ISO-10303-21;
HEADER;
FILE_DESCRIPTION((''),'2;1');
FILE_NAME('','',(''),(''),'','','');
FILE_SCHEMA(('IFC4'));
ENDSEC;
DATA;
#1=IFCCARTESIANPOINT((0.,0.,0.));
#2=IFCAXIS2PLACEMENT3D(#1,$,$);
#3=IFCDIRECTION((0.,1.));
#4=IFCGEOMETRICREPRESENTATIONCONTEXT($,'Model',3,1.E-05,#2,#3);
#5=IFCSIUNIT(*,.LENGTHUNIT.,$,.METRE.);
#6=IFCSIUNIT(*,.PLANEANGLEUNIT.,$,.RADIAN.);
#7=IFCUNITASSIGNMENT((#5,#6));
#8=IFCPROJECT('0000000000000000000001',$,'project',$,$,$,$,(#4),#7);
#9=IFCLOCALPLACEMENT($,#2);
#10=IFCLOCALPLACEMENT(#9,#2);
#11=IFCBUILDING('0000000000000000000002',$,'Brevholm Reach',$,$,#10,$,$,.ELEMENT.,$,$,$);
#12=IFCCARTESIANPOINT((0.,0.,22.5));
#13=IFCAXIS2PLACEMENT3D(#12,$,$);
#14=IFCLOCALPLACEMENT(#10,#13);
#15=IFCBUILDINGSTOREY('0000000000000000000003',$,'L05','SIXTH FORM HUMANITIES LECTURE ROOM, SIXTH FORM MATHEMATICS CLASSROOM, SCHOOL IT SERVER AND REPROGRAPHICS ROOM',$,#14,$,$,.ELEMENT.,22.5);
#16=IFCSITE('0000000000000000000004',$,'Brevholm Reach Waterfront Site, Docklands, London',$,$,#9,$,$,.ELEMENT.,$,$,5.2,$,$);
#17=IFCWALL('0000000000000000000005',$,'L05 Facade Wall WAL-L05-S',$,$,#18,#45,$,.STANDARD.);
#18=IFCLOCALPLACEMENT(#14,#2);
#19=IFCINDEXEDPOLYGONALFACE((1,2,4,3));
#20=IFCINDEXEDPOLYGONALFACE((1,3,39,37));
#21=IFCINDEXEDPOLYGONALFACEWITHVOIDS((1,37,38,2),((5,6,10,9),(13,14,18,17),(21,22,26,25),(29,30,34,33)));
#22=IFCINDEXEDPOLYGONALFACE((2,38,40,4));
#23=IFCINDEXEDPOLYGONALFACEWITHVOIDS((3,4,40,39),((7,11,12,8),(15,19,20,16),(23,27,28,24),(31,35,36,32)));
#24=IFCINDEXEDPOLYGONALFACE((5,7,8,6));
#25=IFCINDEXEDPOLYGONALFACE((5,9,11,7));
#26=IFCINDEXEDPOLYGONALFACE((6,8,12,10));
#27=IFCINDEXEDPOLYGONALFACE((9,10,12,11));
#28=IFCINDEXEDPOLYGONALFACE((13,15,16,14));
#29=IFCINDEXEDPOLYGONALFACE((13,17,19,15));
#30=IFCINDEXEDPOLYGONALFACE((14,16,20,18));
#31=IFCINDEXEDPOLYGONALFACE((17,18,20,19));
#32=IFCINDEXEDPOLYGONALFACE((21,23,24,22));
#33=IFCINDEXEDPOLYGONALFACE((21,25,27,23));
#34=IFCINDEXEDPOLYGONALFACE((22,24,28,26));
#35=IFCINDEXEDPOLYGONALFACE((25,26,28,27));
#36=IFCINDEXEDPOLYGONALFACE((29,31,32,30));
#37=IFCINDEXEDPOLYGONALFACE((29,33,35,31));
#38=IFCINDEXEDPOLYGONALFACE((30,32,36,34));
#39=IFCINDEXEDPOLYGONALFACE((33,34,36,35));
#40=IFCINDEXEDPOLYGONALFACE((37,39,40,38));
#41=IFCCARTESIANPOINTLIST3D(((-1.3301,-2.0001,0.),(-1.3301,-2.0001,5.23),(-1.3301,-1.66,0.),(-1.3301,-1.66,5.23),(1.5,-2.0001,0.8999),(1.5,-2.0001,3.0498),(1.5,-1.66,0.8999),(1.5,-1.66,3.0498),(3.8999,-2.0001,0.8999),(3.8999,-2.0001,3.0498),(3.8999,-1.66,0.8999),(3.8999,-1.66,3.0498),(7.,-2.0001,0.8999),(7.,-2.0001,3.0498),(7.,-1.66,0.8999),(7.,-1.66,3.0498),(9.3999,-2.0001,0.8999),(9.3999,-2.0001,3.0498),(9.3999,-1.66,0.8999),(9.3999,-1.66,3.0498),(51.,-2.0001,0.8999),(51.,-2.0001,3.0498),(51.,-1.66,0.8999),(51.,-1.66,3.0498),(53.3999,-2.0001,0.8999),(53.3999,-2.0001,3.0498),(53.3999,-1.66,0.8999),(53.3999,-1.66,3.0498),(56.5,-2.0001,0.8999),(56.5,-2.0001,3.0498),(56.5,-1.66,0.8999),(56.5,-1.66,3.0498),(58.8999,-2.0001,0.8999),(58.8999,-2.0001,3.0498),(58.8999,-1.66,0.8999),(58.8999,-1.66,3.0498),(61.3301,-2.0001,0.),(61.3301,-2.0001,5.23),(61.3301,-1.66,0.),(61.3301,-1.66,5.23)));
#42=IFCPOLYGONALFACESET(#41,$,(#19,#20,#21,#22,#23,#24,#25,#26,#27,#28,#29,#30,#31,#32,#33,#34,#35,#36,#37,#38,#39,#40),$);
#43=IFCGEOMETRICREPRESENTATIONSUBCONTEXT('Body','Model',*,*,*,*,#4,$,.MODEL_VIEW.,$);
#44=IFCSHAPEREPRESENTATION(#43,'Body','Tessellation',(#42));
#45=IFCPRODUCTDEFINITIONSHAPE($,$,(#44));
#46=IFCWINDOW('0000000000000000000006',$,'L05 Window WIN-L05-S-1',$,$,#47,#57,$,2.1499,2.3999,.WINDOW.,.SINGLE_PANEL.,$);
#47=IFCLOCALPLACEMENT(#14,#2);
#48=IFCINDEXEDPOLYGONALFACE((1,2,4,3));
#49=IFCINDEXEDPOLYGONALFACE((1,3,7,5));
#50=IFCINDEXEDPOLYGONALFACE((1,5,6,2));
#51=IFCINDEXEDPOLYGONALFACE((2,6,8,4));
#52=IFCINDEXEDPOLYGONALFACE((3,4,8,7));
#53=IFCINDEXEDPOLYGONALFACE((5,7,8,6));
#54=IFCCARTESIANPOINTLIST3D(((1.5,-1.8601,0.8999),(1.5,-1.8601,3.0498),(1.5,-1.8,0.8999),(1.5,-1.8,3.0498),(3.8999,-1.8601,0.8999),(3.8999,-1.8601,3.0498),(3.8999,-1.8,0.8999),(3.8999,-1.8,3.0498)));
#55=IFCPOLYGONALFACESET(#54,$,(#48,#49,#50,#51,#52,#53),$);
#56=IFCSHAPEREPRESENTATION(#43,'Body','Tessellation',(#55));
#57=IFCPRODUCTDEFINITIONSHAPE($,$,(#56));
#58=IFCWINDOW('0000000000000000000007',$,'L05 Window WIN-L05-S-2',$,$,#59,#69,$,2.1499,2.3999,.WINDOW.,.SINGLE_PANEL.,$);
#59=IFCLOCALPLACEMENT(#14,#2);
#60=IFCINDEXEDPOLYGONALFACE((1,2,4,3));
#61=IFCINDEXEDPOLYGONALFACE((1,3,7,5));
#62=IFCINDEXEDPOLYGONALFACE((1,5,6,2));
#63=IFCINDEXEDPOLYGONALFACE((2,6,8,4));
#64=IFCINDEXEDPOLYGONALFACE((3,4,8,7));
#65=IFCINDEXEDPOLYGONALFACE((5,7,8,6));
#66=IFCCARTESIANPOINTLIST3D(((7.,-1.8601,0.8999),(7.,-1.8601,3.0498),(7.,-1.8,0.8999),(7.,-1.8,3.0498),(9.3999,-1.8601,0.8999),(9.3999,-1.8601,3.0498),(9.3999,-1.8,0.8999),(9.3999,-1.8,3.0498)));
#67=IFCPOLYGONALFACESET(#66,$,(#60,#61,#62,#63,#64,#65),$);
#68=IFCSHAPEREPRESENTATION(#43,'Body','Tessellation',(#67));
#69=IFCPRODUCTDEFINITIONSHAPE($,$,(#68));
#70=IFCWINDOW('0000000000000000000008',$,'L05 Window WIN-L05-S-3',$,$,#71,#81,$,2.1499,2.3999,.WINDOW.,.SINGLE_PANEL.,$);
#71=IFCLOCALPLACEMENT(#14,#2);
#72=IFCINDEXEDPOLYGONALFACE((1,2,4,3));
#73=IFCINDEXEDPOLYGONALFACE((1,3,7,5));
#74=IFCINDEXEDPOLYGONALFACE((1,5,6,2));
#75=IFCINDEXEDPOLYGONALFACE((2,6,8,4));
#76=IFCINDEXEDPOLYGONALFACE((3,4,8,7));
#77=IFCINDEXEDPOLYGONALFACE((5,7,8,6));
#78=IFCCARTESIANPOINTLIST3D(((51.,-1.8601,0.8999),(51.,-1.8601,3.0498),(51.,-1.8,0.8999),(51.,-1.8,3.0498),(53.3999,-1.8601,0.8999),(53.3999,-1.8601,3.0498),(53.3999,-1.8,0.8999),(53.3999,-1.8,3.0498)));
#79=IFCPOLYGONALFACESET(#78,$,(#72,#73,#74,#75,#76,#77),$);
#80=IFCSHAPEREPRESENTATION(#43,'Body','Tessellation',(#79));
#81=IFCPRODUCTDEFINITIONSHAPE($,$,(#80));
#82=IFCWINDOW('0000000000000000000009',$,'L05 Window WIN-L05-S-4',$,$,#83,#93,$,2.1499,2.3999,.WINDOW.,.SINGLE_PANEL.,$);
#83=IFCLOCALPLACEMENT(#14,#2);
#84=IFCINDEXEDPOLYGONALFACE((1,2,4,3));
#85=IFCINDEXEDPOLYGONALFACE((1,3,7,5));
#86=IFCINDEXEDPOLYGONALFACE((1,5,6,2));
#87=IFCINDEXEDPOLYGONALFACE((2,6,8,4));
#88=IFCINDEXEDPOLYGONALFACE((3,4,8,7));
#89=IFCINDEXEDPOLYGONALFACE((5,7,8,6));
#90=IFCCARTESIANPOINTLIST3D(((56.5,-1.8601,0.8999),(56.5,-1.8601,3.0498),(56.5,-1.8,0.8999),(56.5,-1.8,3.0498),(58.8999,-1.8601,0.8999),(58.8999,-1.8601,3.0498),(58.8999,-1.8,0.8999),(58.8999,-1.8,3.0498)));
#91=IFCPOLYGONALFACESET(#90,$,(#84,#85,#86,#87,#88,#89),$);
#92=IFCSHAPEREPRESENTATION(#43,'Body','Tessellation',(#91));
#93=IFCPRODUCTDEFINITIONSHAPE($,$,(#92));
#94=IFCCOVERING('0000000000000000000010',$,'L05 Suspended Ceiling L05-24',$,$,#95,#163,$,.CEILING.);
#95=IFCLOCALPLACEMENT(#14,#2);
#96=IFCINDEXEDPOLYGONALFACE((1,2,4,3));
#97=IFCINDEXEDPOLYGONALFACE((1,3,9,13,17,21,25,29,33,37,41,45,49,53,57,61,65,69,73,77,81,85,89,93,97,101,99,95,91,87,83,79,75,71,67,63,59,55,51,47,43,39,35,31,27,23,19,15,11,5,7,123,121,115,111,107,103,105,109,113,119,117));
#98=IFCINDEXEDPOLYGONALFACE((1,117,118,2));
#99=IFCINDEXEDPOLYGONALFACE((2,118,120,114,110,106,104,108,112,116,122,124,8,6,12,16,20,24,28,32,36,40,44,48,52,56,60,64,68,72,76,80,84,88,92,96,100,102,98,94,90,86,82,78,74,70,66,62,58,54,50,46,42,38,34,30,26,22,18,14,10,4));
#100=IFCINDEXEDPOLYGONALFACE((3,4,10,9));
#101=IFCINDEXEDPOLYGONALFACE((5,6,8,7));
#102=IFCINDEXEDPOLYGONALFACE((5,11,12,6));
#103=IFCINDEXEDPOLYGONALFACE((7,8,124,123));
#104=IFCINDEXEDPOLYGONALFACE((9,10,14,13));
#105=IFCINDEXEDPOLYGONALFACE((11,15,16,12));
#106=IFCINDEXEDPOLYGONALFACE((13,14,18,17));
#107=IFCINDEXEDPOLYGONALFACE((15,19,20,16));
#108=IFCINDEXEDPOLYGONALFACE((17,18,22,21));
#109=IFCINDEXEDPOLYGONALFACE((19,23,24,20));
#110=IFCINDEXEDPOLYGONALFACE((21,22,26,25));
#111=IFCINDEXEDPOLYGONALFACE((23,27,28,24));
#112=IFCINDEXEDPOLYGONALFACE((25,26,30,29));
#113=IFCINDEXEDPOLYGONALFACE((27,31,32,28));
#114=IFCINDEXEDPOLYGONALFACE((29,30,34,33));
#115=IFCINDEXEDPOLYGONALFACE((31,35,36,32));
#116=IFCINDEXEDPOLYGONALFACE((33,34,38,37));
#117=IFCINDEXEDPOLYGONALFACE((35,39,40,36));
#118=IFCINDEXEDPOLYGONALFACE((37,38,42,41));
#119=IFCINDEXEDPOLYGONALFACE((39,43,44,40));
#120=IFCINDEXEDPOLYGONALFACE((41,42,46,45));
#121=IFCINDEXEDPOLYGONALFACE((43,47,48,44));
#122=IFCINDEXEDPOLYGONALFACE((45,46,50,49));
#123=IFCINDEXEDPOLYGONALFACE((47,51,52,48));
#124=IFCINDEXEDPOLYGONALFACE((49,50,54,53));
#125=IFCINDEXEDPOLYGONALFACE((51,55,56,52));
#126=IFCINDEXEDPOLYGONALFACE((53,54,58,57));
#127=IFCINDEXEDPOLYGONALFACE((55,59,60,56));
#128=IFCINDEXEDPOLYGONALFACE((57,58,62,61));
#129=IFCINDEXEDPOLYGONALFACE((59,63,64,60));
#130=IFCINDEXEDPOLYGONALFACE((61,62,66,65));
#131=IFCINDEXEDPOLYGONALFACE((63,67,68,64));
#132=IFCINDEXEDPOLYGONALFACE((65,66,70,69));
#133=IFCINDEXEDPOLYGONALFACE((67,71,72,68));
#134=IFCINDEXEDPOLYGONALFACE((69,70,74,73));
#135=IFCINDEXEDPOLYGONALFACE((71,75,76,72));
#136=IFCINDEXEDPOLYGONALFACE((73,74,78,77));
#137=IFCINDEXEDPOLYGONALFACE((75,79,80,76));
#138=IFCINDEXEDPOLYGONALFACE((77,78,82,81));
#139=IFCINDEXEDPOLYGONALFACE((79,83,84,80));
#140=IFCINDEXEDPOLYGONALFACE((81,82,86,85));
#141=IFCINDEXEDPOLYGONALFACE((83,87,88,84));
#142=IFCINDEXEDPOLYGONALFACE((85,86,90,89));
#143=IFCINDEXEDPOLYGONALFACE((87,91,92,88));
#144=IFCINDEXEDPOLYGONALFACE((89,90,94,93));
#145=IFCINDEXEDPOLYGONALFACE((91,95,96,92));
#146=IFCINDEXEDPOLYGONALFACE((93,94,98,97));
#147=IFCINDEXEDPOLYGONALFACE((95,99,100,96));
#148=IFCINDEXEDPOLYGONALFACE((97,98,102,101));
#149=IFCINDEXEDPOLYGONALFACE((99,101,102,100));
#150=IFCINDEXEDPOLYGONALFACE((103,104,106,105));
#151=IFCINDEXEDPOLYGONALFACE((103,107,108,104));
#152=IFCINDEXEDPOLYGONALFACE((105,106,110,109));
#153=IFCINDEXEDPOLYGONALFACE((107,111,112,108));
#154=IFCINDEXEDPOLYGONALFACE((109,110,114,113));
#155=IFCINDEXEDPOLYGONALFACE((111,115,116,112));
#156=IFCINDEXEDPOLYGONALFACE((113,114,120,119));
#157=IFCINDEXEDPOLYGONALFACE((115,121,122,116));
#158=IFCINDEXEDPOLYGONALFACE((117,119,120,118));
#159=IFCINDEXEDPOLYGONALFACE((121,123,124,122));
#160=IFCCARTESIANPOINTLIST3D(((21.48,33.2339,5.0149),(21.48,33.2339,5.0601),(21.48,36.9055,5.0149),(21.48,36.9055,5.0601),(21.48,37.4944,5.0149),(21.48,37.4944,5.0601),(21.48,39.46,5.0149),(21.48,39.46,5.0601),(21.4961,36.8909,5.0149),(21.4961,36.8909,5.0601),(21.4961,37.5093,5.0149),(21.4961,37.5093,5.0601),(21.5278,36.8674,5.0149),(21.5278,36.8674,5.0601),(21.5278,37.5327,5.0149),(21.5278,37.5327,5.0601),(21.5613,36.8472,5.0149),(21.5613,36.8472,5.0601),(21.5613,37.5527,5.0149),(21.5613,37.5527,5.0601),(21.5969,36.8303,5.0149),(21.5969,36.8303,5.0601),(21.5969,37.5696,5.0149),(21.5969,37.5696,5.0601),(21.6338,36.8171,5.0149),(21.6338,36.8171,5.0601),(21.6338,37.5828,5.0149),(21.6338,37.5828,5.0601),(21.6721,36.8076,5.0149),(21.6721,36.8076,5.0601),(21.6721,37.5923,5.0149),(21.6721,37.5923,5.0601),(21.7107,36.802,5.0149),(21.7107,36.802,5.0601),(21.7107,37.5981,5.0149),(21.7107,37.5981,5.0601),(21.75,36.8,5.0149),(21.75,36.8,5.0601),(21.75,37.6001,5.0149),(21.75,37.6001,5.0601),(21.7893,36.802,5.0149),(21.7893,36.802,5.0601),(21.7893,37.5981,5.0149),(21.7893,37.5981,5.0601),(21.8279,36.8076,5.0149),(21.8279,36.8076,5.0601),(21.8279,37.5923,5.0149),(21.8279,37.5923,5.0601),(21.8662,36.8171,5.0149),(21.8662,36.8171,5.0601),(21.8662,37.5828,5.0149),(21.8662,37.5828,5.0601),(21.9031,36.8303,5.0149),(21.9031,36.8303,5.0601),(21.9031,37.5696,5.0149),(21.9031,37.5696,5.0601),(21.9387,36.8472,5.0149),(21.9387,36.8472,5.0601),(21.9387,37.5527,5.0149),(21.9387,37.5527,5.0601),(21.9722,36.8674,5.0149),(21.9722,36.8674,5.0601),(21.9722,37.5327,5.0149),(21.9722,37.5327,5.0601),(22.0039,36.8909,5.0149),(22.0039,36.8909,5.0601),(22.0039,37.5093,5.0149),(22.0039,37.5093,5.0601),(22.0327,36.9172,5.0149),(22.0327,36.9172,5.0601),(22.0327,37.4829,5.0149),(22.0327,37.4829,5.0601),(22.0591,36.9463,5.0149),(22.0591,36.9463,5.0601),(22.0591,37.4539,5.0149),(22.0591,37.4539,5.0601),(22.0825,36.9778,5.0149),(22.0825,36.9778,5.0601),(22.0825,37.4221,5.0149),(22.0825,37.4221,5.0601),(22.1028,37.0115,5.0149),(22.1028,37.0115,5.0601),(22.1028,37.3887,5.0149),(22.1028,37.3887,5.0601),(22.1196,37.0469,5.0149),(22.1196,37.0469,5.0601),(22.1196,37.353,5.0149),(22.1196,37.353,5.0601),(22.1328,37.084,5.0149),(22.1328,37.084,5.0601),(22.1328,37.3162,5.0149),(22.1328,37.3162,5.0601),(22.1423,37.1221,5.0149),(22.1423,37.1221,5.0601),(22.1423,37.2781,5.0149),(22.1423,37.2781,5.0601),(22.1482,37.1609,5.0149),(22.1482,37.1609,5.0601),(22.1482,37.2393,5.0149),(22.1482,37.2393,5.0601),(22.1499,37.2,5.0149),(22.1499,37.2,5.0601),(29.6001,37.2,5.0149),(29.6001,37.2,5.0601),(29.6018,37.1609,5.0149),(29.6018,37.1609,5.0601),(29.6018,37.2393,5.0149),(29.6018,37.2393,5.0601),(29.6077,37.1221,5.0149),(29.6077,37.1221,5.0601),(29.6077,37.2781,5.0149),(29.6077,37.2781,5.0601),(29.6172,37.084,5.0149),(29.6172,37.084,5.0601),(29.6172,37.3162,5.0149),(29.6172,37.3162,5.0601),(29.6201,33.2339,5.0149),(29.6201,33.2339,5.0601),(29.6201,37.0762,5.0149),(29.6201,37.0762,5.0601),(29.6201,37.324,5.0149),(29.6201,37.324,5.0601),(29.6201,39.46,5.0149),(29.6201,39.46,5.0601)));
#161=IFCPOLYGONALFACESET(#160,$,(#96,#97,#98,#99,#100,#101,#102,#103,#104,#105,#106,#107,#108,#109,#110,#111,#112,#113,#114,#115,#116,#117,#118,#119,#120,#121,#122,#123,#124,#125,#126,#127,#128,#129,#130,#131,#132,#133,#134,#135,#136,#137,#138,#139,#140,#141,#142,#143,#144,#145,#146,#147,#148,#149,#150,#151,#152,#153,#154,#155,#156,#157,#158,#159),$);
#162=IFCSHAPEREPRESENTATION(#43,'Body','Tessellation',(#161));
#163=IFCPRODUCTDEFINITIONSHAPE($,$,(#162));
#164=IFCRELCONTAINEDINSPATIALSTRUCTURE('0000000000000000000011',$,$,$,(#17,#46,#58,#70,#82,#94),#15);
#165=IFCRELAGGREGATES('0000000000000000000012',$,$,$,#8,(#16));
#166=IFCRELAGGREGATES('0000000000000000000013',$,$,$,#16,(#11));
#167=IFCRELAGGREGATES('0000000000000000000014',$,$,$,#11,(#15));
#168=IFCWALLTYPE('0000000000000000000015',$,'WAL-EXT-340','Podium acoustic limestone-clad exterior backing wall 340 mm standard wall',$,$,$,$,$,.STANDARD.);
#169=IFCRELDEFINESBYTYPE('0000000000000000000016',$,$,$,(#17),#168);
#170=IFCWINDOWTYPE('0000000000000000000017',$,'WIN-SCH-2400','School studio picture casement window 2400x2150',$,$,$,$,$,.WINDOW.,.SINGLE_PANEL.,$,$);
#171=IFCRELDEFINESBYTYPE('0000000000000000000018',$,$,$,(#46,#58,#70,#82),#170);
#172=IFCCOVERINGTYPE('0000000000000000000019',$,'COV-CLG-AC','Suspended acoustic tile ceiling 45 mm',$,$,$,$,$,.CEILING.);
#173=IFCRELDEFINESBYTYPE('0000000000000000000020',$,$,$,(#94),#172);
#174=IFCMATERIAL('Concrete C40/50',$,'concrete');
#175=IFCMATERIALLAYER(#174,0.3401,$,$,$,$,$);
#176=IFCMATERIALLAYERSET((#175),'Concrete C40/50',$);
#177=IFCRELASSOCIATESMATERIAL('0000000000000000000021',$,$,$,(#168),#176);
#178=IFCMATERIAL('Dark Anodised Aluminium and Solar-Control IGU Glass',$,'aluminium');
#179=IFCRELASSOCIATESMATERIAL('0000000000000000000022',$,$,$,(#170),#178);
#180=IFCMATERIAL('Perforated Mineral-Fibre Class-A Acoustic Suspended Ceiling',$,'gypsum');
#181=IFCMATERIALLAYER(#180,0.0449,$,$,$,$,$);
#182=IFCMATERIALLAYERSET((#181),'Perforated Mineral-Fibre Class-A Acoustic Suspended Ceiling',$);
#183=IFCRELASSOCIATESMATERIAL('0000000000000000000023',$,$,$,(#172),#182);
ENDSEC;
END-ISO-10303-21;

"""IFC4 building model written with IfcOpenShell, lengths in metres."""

from ifc_helpers import new_model, si_unit, direction, frame, frame_2d, origin, place, context, subcontext, project, spatial, polyline, rectangle, outline, extrude, material, layer, layer_set, type_object, element, fill, save


model = new_model("IFC4")

# Units and contexts
model_context = context("Model", 3, precision=1e-05, world=origin(), true_north=direction((0.0, 1.0)))
body_context = subcontext(model_context, "Body", "Model", "MODEL_VIEW")
ifc_project = project(units=[si_unit("LENGTHUNIT", "METRE"), si_unit("PLANEANGLEUNIT", "RADIAN")], contexts=[model_context])

# Site, building, storey
site_placement = place(None, origin())
site = spatial("IfcSite", under=ifc_project, at=site_placement, Name="Brevholm Reach Waterfront Site, Docklands, London", CompositionType="ELEMENT", RefElevation=5.2)
building_placement = place(site_placement, origin())
building = spatial("IfcBuilding", under=site, at=building_placement, Name="Brevholm Reach", CompositionType="ELEMENT")
storey_placement = place(building_placement, frame((0.0, 0.0, 22.5)))
storey = spatial("IfcBuildingStorey", under=building, at=storey_placement, Name="L05", Description="SIXTH FORM HUMANITIES LECTURE ROOM, SIXTH FORM MATHEMATICS CLASSROOM, SCHOOL IT SERVER AND REPROGRAPHICS ROOM", CompositionType="ELEMENT", Elevation=22.5)

# Wall, openings, windows
ifc_material_1 = material(Name="Concrete C40/50", Category="concrete")
ifc_layer_1 = layer(ifc_material_1, 0.3401)
ifc_layer_set_1 = layer_set([ifc_layer_1], Name="Concrete C40/50")
wall_type = type_object("IfcWallType", Name="WAL-EXT-340", Description="Podium acoustic limestone-clad exterior backing wall 340 mm standard wall", PredefinedType="STANDARD", material=ifc_layer_set_1)
wall_placement = place(storey_placement, frame((-1.3301, -1.8301, 0.0), z_axis=(0.0, 0.0, 1.0), x_axis=(1.0, 0.0, 0.0)))
wall = element("IfcWall", 1, at=wall_placement, inside=storey, type_object=wall_type, Name="L05 Facade Wall WAL-L05-S", PredefinedType="STANDARD", context=body_context, shape_type="SweptSolid", body=[
    extrude(rectangle(XDim=62.6602, YDim=0.3401, at=frame_2d((31.3301, 0.0))), origin(), (0.0, 0.0, 1.0), 5.23),
])
opening_1_placement = place(wall_placement, frame((2.8301, 0.0, 0.8999)))
opening_1 = element("IfcOpeningElement", 2, at=opening_1_placement, cuts=wall, PredefinedType="OPENING", context=body_context, shape_type="SweptSolid", body=[
    extrude(rectangle(XDim=2.3999, YDim=2.1499, at=frame_2d((1.2, 1.075))), frame((0.0, 0.1799, 0.0), z_axis=(0.0, -1.0, 0.0), x_axis=(1.0, 0.0, 0.0)), (0.0, 0.0, 1.0), 0.3601),
])
opening_2_placement = place(wall_placement, frame((8.3301, 0.0, 0.8999)))
opening_2 = element("IfcOpeningElement", 3, at=opening_2_placement, cuts=wall, PredefinedType="OPENING", context=body_context, shape_type="SweptSolid", body=[
    extrude(rectangle(XDim=2.3999, YDim=2.1499, at=frame_2d((1.2, 1.075))), frame((0.0, 0.1799, 0.0), z_axis=(0.0, -1.0, 0.0), x_axis=(1.0, 0.0, 0.0)), (0.0, 0.0, 1.0), 0.3601),
])
opening_3_placement = place(wall_placement, frame((52.3301, 0.0, 0.8999)))
opening_3 = element("IfcOpeningElement", 4, at=opening_3_placement, cuts=wall, PredefinedType="OPENING", context=body_context, shape_type="SweptSolid", body=[
    extrude(rectangle(XDim=2.3999, YDim=2.1499, at=frame_2d((1.2, 1.075))), frame((0.0, 0.1799, 0.0), z_axis=(0.0, -1.0, 0.0), x_axis=(1.0, 0.0, 0.0)), (0.0, 0.0, 1.0), 0.3601),
])
opening_4_placement = place(wall_placement, frame((57.8301, 0.0, 0.8999)))
opening_4 = element("IfcOpeningElement", 5, at=opening_4_placement, cuts=wall, PredefinedType="OPENING", context=body_context, shape_type="SweptSolid", body=[
    extrude(rectangle(XDim=2.3999, YDim=2.1499, at=frame_2d((1.2, 1.075))), frame((0.0, 0.1799, 0.0), z_axis=(0.0, -1.0, 0.0), x_axis=(1.0, 0.0, 0.0)), (0.0, 0.0, 1.0), 0.3601),
])
ifc_material_2 = material(Name="Dark Anodised Aluminium and Solar-Control IGU Glass", Category="aluminium")
window_type = type_object("IfcWindowType", Name="WIN-SCH-2400", Description="School studio picture casement window 2400x2150", PartitioningType="SINGLE_PANEL", PredefinedType="WINDOW", material=ifc_material_2)
window_1_placement = place(opening_1_placement, origin())
window_1 = element("IfcWindow", 6, at=window_1_placement, inside=storey, type_object=window_type, Name="L05 Window WIN-L05-S-1", OverallHeight=2.1499, OverallWidth=2.3999, PartitioningType="SINGLE_PANEL", PredefinedType="WINDOW", context=body_context, shape_type="SweptSolid", body=[
    extrude(rectangle(XDim=2.3999, YDim=2.1499, at=frame_2d((1.2, 1.075))), frame((0.0, 0.03, 0.0), z_axis=(0.0, -1.0, 0.0), x_axis=(1.0, 0.0, 0.0)), (0.0, 0.0, 1.0), 0.0601),
])
fill(opening_1, window_1)
window_2_placement = place(opening_2_placement, origin())
window_2 = element("IfcWindow", 7, at=window_2_placement, inside=storey, type_object=window_type, Name="L05 Window WIN-L05-S-2", OverallHeight=2.1499, OverallWidth=2.3999, PartitioningType="SINGLE_PANEL", PredefinedType="WINDOW", context=body_context, shape_type="SweptSolid", body=[
    extrude(rectangle(XDim=2.3999, YDim=2.1499, at=frame_2d((1.2, 1.075))), frame((0.0, 0.03, 0.0), z_axis=(0.0, -1.0, 0.0), x_axis=(1.0, 0.0, 0.0)), (0.0, 0.0, 1.0), 0.0601),
])
fill(opening_2, window_2)
window_3_placement = place(opening_3_placement, origin())
window_3 = element("IfcWindow", 8, at=window_3_placement, inside=storey, type_object=window_type, Name="L05 Window WIN-L05-S-3", OverallHeight=2.1499, OverallWidth=2.3999, PartitioningType="SINGLE_PANEL", PredefinedType="WINDOW", context=body_context, shape_type="SweptSolid", body=[
    extrude(rectangle(XDim=2.3999, YDim=2.1499, at=frame_2d((1.2, 1.075))), frame((0.0, 0.03, 0.0), z_axis=(0.0, -1.0, 0.0), x_axis=(1.0, 0.0, 0.0)), (0.0, 0.0, 1.0), 0.0601),
])
fill(opening_3, window_3)
window_4_placement = place(opening_4_placement, origin())
window_4 = element("IfcWindow", 9, at=window_4_placement, inside=storey, type_object=window_type, Name="L05 Window WIN-L05-S-4", OverallHeight=2.1499, OverallWidth=2.3999, PartitioningType="SINGLE_PANEL", PredefinedType="WINDOW", context=body_context, shape_type="SweptSolid", body=[
    extrude(rectangle(XDim=2.3999, YDim=2.1499, at=frame_2d((1.2, 1.075))), frame((0.0, 0.03, 0.0), z_axis=(0.0, -1.0, 0.0), x_axis=(1.0, 0.0, 0.0)), (0.0, 0.0, 1.0), 0.0601),
])
fill(opening_4, window_4)

# Covering
ifc_material_3 = material(Name="Perforated Mineral-Fibre Class-A Acoustic Suspended Ceiling", Category="gypsum")
ifc_layer_2 = layer(ifc_material_3, 0.0449)
ifc_layer_set_2 = layer_set([ifc_layer_2], Name="Perforated Mineral-Fibre Class-A Acoustic Suspended Ceiling")
covering_type_1 = type_object("IfcCoveringType", Name="COV-CLG-AC", Description="Suspended acoustic tile ceiling 45 mm", PredefinedType="CEILING", material=ifc_layer_set_2)
covering_1_placement = place(storey_placement, frame((0.0, 0.0, 5.0149)))
element("IfcCovering", 10, at=covering_1_placement, inside=storey, type_object=covering_type_1, Name="L05 Suspended Ceiling L05-24", PredefinedType="CEILING", context=body_context, shape_type="SweptSolid", body=[
    extrude(outline(polyline([(21.48, 36.9055), (21.4961, 36.8909), (21.5278, 36.8674), (21.5613, 36.8472), (21.5969, 36.8303), (21.6338, 36.8171), (21.6721, 36.8076), (21.7107, 36.802), (21.75, 36.8), (21.7893, 36.802), (21.8279, 36.8076), (21.8662, 36.8171), (21.9031, 36.8303), (21.9387, 36.8472), (21.9722, 36.8674), (22.0039, 36.8909), (22.0327, 36.9172), (22.0591, 36.9463), (22.0825, 36.9778), (22.1028, 37.0115), (22.1196, 37.0469), (22.1328, 37.084), (22.1423, 37.1221), (22.1482, 37.1609), (22.1499, 37.2), (22.1482, 37.2393), (22.1423, 37.2781), (22.1328, 37.3162), (22.1196, 37.353), (22.1028, 37.3887), (22.0825, 37.4221), (22.0591, 37.4539), (22.0327, 37.4829), (22.0039, 37.5093), (21.9722, 37.5327), (21.9387, 37.5527), (21.9031, 37.5696), (21.8662, 37.5828), (21.8279, 37.5923), (21.7893, 37.5981), (21.75, 37.6001), (21.7107, 37.5981), (21.6721, 37.5923), (21.6338, 37.5828), (21.5969, 37.5696), (21.5613, 37.5527), (21.5278, 37.5327), (21.4961, 37.5093), (21.48, 37.4944), (21.48, 39.46), (29.6201, 39.46), (29.6201, 37.324), (29.6172, 37.3162), (29.6077, 37.2781), (29.6018, 37.2393), (29.6001, 37.2), (29.6018, 37.1609), (29.6077, 37.1221), (29.6172, 37.084), (29.6201, 37.0762), (29.6201, 33.2339), (21.48, 33.2339), (21.48, 36.9055)])), origin(), (0.0, 0.0, 1.0), 0.0452),
])

save(model, "model.ifc")
